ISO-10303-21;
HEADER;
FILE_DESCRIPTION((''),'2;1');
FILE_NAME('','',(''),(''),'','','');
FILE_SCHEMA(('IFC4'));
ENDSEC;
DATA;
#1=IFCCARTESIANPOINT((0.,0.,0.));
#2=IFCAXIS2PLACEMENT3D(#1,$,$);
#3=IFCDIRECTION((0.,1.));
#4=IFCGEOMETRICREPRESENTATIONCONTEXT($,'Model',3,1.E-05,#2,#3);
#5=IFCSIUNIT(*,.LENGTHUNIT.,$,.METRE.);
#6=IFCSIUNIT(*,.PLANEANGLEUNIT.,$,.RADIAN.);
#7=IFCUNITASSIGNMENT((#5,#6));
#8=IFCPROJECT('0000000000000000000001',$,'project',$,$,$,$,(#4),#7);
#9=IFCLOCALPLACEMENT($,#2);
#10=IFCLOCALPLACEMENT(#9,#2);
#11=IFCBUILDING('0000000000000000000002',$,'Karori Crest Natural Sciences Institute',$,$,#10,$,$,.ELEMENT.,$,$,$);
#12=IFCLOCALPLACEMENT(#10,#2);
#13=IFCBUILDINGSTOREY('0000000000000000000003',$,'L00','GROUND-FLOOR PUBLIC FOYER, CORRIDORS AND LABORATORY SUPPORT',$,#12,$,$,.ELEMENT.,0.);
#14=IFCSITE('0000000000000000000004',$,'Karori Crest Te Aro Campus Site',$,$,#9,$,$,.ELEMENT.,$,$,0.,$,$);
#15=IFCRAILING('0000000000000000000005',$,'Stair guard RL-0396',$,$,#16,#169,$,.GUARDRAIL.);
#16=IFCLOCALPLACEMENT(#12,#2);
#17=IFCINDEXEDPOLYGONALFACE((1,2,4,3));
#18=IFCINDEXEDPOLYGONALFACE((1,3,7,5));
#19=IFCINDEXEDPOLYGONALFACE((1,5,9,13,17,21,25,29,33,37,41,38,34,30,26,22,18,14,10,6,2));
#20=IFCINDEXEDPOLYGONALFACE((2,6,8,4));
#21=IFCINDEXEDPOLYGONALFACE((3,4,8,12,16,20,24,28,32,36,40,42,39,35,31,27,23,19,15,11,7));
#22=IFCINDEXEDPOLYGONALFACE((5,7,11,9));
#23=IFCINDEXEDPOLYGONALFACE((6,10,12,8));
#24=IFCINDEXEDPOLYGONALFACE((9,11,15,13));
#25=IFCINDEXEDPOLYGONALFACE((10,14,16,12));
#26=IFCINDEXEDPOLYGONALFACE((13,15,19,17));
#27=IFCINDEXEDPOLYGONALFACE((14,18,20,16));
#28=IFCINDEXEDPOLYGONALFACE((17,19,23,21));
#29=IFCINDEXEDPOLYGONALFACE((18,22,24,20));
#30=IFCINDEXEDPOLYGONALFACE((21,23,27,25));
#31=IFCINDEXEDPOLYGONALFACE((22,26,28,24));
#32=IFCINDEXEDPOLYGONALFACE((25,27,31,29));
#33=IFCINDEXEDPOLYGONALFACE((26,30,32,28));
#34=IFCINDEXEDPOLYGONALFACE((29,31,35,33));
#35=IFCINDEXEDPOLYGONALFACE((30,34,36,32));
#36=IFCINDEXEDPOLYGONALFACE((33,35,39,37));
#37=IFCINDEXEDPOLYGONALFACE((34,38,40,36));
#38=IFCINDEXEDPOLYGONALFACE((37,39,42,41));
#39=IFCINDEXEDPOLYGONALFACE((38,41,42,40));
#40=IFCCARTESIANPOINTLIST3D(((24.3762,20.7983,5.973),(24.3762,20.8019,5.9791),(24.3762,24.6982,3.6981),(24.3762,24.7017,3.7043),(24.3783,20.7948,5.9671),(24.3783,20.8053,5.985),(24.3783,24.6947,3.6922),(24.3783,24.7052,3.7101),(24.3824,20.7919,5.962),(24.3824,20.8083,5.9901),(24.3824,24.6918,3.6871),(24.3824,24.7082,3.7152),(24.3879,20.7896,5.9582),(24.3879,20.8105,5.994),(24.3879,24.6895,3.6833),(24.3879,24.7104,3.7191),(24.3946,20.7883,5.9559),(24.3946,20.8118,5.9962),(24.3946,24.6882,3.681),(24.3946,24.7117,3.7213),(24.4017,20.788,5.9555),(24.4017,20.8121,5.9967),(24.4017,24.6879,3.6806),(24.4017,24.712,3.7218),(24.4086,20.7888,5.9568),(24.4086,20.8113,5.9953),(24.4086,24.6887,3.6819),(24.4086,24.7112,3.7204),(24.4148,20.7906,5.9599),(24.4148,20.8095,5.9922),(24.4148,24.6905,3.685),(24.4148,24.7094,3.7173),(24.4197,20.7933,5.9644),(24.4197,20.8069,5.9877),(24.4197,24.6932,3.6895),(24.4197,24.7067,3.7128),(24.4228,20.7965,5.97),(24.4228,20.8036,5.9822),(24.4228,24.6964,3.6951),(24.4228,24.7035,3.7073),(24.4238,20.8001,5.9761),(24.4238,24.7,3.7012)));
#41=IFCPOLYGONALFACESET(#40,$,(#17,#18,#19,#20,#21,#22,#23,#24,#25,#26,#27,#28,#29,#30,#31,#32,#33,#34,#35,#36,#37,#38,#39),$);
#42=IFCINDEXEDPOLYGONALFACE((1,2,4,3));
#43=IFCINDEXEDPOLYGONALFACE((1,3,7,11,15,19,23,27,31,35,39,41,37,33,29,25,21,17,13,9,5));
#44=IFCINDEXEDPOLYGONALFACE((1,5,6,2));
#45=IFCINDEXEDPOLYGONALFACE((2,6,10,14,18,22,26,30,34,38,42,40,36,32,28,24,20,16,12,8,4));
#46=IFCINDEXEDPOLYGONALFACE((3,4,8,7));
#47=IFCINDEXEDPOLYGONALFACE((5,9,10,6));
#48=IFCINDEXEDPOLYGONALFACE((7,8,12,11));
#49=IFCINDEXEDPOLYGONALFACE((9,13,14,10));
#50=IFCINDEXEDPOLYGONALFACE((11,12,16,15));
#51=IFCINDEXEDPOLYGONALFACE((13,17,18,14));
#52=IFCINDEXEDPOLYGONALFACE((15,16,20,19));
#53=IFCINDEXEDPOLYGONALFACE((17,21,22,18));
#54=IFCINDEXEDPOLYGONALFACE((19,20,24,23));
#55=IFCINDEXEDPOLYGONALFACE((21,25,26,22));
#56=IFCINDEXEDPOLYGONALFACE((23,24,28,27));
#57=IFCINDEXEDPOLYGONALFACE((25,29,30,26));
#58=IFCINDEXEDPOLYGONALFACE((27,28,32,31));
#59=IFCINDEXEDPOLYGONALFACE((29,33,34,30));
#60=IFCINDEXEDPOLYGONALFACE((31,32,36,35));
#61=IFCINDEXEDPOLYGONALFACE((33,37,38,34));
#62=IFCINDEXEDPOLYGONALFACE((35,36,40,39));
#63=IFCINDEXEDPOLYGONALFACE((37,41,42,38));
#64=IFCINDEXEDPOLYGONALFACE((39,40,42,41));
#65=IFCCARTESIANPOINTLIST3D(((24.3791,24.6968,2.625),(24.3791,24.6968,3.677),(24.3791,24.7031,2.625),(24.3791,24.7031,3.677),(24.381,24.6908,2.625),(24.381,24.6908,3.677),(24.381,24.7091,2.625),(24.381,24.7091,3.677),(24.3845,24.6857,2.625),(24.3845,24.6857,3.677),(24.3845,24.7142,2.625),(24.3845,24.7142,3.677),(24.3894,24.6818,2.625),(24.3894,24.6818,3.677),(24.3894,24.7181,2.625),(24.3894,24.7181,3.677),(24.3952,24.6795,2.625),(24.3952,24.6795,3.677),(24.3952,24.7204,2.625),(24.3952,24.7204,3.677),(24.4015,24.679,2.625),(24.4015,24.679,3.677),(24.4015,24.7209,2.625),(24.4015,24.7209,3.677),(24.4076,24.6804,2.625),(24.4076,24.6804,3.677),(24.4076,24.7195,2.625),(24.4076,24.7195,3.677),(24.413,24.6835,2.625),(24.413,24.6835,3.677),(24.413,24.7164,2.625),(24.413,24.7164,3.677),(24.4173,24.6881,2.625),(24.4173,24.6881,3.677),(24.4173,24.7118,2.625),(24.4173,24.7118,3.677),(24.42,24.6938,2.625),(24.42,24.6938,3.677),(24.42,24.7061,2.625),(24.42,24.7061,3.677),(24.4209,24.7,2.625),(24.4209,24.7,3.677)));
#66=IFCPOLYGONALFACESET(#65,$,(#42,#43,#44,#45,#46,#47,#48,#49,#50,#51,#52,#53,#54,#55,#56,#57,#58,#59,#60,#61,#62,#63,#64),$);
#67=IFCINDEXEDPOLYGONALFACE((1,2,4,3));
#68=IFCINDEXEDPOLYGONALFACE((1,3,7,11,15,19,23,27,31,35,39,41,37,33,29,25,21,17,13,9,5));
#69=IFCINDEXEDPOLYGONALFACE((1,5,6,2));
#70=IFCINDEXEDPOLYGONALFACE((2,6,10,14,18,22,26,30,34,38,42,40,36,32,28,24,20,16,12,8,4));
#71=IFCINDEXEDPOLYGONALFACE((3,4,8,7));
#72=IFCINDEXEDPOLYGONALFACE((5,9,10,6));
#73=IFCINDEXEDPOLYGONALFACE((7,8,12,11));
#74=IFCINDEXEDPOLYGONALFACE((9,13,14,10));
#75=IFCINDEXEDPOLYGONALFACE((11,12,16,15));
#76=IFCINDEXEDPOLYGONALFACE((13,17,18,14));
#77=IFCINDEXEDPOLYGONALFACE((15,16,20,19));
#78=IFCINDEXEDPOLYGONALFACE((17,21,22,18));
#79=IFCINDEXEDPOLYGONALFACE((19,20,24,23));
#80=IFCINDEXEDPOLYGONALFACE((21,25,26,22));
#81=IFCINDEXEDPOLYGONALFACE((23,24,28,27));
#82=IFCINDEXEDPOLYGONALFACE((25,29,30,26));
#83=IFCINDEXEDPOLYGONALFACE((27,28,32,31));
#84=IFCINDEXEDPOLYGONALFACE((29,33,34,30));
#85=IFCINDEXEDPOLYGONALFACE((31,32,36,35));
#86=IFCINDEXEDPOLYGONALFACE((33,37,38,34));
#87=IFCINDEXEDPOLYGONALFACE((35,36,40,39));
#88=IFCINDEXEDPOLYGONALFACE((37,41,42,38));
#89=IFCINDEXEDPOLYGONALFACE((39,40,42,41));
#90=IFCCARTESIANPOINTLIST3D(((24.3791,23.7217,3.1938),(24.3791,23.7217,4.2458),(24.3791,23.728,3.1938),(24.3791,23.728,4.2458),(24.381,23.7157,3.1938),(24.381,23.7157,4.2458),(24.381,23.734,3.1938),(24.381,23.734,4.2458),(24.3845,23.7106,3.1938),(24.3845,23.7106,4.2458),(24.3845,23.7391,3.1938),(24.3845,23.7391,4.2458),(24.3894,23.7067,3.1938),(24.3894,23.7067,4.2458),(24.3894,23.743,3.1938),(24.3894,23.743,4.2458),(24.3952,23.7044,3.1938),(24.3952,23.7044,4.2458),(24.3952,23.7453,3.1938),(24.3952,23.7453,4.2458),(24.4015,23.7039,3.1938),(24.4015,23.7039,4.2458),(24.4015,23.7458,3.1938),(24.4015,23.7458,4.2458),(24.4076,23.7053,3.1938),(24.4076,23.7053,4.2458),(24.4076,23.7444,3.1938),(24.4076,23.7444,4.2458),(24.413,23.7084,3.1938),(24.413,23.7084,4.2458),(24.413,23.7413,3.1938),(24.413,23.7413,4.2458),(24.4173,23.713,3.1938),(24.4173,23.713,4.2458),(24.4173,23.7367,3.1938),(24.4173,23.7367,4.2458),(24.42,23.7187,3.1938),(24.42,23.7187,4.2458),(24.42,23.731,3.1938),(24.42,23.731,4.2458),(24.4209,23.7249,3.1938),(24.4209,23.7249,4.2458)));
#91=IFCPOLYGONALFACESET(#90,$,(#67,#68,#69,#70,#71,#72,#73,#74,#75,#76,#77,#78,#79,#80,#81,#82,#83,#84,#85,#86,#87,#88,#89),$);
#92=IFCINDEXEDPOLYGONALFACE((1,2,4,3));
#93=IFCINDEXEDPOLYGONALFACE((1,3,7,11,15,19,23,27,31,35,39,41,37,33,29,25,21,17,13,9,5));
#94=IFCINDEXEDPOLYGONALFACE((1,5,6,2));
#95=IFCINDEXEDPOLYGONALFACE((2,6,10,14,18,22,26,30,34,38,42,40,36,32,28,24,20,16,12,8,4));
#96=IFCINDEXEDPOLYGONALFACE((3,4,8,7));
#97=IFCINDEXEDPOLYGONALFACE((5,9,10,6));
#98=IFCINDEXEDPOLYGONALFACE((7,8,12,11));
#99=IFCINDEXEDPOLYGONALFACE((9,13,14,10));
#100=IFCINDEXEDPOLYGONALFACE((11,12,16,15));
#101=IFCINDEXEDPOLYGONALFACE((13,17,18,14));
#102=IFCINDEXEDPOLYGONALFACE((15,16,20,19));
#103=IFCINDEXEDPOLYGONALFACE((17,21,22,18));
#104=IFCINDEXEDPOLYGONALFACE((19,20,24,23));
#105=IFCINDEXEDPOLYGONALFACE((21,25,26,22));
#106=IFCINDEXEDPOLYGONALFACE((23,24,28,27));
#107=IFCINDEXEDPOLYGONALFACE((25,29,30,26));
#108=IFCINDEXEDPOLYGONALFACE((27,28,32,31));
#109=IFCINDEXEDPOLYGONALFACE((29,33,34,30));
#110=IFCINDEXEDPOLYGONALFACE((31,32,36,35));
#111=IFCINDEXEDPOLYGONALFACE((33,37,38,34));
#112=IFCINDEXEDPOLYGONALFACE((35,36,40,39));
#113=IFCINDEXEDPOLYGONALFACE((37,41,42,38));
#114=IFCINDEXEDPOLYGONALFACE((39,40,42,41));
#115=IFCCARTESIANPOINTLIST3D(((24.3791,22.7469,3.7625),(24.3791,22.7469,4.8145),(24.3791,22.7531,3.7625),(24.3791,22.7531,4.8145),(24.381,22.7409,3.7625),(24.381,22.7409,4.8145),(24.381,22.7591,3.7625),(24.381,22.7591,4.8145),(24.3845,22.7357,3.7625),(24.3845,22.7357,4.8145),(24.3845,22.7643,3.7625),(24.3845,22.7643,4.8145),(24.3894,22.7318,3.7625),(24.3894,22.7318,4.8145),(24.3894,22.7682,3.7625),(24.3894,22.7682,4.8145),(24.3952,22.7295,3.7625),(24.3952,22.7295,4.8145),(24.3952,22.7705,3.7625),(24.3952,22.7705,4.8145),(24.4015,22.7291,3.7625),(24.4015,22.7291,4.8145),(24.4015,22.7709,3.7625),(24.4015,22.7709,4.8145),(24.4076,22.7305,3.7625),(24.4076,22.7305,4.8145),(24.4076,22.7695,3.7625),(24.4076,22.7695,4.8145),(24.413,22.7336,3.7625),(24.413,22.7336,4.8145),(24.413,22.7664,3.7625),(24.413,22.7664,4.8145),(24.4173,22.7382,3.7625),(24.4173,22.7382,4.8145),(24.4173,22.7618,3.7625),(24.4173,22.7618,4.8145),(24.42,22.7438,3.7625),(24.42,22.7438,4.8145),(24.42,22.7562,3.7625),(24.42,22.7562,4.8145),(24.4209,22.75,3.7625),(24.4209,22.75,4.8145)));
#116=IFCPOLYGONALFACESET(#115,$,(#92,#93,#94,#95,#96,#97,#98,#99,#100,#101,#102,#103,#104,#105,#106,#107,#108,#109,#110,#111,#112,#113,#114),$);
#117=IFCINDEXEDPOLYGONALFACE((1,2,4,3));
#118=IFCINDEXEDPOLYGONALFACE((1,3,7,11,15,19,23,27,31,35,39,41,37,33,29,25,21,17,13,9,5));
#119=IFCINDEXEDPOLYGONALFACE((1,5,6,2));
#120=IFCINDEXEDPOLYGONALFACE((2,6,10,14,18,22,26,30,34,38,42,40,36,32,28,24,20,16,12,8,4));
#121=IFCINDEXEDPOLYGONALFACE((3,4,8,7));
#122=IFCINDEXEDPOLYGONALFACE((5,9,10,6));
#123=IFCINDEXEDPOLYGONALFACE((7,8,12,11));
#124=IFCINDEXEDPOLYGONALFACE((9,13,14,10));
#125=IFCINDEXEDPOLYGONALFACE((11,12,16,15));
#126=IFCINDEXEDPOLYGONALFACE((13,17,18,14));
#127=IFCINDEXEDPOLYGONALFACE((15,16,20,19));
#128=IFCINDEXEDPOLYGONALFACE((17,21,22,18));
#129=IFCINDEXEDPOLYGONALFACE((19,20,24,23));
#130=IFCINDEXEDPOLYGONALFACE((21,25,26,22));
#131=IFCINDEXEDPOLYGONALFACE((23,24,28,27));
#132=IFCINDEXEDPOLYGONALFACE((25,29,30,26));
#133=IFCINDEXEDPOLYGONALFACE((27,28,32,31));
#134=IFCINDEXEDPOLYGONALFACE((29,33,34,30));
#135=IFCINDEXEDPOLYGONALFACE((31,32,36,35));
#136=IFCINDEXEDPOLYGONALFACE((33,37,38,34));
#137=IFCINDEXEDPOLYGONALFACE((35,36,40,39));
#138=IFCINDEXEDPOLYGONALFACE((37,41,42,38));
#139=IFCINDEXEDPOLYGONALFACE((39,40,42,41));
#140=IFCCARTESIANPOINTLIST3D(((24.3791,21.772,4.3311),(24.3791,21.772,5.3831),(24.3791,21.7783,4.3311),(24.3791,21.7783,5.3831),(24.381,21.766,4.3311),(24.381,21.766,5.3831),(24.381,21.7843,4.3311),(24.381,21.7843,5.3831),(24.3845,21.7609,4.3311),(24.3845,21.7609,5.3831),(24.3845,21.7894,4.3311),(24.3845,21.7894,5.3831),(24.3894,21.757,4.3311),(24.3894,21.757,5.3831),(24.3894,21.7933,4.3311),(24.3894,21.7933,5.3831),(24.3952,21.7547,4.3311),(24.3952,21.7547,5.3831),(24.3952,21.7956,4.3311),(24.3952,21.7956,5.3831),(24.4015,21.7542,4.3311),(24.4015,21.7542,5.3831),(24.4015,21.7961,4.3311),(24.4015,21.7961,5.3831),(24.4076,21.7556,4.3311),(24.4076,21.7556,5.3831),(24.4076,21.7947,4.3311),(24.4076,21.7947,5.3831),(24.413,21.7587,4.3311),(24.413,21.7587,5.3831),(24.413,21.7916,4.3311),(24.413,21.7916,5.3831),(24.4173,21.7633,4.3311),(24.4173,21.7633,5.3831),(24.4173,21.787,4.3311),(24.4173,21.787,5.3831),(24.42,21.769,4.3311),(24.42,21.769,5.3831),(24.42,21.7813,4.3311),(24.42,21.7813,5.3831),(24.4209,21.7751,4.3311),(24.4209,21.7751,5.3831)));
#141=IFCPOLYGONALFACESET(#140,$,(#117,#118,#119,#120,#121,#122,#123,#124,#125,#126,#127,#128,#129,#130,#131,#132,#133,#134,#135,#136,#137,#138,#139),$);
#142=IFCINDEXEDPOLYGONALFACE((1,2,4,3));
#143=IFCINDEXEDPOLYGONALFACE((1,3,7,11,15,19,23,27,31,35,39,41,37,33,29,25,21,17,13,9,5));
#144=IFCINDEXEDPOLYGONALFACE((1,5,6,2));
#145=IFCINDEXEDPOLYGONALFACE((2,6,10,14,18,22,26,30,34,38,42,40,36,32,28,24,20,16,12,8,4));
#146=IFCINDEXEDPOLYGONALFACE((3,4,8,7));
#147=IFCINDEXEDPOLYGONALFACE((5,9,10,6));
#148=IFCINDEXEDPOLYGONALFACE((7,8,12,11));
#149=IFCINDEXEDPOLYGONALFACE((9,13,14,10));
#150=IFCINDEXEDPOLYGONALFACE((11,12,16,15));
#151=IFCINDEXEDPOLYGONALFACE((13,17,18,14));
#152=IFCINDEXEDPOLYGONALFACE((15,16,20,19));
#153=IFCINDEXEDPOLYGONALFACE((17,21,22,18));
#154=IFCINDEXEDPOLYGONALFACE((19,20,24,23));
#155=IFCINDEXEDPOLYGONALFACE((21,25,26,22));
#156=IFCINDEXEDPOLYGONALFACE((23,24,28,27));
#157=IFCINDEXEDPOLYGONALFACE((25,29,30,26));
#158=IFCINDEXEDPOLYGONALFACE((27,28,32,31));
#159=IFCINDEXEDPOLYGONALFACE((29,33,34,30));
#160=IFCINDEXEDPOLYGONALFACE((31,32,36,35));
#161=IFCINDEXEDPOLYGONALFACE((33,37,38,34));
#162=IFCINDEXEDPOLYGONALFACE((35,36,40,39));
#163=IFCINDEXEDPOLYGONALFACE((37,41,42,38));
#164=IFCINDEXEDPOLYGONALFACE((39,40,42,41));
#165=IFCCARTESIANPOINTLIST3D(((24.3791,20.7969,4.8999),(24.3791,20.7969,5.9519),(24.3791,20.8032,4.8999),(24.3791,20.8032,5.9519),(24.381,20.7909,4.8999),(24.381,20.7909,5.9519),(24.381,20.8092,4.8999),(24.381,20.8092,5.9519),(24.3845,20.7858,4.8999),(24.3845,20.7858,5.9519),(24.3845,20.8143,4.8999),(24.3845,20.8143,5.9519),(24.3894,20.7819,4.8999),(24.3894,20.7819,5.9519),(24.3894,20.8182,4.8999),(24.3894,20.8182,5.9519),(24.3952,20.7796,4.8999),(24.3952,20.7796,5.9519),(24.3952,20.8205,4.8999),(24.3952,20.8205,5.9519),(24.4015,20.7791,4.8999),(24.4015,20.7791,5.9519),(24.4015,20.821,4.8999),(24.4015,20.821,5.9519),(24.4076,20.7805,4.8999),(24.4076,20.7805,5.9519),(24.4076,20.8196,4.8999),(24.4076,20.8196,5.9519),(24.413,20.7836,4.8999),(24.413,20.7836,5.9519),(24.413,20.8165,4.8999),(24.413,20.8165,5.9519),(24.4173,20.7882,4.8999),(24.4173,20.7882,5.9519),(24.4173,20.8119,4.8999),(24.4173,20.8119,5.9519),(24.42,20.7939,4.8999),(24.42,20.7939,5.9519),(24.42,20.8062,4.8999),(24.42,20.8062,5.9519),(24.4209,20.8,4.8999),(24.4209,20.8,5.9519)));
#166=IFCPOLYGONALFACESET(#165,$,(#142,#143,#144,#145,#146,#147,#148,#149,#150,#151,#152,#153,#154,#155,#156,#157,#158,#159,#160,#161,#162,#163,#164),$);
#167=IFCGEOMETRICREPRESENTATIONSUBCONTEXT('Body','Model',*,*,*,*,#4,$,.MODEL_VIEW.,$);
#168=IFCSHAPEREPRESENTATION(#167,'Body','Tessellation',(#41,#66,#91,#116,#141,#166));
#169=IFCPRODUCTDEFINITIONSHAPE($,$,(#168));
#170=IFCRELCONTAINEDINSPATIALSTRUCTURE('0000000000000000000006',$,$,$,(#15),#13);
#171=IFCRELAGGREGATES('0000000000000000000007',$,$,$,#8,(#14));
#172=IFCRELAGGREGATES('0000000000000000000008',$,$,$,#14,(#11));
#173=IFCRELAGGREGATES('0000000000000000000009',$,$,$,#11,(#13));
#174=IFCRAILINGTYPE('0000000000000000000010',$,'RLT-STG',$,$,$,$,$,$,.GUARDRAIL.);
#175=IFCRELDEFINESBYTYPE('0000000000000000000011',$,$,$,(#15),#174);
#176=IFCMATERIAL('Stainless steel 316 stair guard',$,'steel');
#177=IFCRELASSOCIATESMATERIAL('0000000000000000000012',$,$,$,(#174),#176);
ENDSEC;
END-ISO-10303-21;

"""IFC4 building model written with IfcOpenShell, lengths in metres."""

from ifc_helpers import new_model, si_unit, direction, frame, origin, origin_2d, place, context, subcontext, project, spatial, circle, extrude, material, type_object, element, save


model = new_model("IFC4")

# Units and contexts
model_context = context("Model", 3, precision=1e-05, world=origin(), true_north=direction((0.0, 1.0)))
body_context = subcontext(model_context, "Body", "Model", "MODEL_VIEW")
ifc_project = project(units=[si_unit("LENGTHUNIT", "METRE"), si_unit("PLANEANGLEUNIT", "RADIAN")], contexts=[model_context])

# Site, building, storey
site_placement = place(None, origin())
site = spatial("IfcSite", under=ifc_project, at=site_placement, Name="Karori Crest Te Aro Campus Site", CompositionType="ELEMENT", RefElevation=0.0)
building_placement = place(site_placement, origin())
building = spatial("IfcBuilding", under=site, at=building_placement, Name="Karori Crest Natural Sciences Institute", CompositionType="ELEMENT")
storey_placement = place(building_placement, origin())
storey = spatial("IfcBuildingStorey", under=building, at=storey_placement, Name="L00", Description="GROUND-FLOOR PUBLIC FOYER, CORRIDORS AND LABORATORY SUPPORT", CompositionType="ELEMENT", Elevation=0.0)

# Railing
ifc_material_1 = material(Name="Stainless steel 316 stair guard", Category="steel")
railing_type_1 = type_object("IfcRailingType", Name="RLT-STG", PredefinedType="GUARDRAIL", material=ifc_material_1)
railing_1_placement = place(storey_placement, frame((24.3999, 24.7, 2.625)))
element("IfcRailing", 1, at=railing_1_placement, inside=storey, type_object=railing_type_1, Name="Stair guard RL-0396", PredefinedType="GUARDRAIL", context=body_context, shape_type="SweptSolid", body=[
    extrude(circle(Radius=0.0239, at=origin_2d()), frame((0.0, 0.0, 1.0762), z_axis=(0.0, -0.863783, 0.503864), x_axis=(1.0, 0.0, 0.0)), (0.0, 0.0, 1.0), 4.5149),
    extrude(circle(Radius=0.021, at=origin_2d()), origin(), (0.0, 0.0, 1.0), 1.052),
    extrude(circle(Radius=0.021, at=origin_2d()), frame((0.0, -0.9751, 0.5688)), (0.0, 0.0, 1.0), 1.052),
    extrude(circle(Radius=0.021, at=origin_2d()), frame((0.0, -1.95, 1.1375)), (0.0, 0.0, 1.0), 1.052),
    extrude(circle(Radius=0.021, at=origin_2d()), frame((0.0, -2.9248, 1.7061)), (0.0, 0.0, 1.0), 1.052),
    extrude(circle(Radius=0.021, at=origin_2d()), frame((0.0, -3.8999, 2.2749)), (0.0, 0.0, 1.0), 1.052),
])

save(model, "model.ifc")
